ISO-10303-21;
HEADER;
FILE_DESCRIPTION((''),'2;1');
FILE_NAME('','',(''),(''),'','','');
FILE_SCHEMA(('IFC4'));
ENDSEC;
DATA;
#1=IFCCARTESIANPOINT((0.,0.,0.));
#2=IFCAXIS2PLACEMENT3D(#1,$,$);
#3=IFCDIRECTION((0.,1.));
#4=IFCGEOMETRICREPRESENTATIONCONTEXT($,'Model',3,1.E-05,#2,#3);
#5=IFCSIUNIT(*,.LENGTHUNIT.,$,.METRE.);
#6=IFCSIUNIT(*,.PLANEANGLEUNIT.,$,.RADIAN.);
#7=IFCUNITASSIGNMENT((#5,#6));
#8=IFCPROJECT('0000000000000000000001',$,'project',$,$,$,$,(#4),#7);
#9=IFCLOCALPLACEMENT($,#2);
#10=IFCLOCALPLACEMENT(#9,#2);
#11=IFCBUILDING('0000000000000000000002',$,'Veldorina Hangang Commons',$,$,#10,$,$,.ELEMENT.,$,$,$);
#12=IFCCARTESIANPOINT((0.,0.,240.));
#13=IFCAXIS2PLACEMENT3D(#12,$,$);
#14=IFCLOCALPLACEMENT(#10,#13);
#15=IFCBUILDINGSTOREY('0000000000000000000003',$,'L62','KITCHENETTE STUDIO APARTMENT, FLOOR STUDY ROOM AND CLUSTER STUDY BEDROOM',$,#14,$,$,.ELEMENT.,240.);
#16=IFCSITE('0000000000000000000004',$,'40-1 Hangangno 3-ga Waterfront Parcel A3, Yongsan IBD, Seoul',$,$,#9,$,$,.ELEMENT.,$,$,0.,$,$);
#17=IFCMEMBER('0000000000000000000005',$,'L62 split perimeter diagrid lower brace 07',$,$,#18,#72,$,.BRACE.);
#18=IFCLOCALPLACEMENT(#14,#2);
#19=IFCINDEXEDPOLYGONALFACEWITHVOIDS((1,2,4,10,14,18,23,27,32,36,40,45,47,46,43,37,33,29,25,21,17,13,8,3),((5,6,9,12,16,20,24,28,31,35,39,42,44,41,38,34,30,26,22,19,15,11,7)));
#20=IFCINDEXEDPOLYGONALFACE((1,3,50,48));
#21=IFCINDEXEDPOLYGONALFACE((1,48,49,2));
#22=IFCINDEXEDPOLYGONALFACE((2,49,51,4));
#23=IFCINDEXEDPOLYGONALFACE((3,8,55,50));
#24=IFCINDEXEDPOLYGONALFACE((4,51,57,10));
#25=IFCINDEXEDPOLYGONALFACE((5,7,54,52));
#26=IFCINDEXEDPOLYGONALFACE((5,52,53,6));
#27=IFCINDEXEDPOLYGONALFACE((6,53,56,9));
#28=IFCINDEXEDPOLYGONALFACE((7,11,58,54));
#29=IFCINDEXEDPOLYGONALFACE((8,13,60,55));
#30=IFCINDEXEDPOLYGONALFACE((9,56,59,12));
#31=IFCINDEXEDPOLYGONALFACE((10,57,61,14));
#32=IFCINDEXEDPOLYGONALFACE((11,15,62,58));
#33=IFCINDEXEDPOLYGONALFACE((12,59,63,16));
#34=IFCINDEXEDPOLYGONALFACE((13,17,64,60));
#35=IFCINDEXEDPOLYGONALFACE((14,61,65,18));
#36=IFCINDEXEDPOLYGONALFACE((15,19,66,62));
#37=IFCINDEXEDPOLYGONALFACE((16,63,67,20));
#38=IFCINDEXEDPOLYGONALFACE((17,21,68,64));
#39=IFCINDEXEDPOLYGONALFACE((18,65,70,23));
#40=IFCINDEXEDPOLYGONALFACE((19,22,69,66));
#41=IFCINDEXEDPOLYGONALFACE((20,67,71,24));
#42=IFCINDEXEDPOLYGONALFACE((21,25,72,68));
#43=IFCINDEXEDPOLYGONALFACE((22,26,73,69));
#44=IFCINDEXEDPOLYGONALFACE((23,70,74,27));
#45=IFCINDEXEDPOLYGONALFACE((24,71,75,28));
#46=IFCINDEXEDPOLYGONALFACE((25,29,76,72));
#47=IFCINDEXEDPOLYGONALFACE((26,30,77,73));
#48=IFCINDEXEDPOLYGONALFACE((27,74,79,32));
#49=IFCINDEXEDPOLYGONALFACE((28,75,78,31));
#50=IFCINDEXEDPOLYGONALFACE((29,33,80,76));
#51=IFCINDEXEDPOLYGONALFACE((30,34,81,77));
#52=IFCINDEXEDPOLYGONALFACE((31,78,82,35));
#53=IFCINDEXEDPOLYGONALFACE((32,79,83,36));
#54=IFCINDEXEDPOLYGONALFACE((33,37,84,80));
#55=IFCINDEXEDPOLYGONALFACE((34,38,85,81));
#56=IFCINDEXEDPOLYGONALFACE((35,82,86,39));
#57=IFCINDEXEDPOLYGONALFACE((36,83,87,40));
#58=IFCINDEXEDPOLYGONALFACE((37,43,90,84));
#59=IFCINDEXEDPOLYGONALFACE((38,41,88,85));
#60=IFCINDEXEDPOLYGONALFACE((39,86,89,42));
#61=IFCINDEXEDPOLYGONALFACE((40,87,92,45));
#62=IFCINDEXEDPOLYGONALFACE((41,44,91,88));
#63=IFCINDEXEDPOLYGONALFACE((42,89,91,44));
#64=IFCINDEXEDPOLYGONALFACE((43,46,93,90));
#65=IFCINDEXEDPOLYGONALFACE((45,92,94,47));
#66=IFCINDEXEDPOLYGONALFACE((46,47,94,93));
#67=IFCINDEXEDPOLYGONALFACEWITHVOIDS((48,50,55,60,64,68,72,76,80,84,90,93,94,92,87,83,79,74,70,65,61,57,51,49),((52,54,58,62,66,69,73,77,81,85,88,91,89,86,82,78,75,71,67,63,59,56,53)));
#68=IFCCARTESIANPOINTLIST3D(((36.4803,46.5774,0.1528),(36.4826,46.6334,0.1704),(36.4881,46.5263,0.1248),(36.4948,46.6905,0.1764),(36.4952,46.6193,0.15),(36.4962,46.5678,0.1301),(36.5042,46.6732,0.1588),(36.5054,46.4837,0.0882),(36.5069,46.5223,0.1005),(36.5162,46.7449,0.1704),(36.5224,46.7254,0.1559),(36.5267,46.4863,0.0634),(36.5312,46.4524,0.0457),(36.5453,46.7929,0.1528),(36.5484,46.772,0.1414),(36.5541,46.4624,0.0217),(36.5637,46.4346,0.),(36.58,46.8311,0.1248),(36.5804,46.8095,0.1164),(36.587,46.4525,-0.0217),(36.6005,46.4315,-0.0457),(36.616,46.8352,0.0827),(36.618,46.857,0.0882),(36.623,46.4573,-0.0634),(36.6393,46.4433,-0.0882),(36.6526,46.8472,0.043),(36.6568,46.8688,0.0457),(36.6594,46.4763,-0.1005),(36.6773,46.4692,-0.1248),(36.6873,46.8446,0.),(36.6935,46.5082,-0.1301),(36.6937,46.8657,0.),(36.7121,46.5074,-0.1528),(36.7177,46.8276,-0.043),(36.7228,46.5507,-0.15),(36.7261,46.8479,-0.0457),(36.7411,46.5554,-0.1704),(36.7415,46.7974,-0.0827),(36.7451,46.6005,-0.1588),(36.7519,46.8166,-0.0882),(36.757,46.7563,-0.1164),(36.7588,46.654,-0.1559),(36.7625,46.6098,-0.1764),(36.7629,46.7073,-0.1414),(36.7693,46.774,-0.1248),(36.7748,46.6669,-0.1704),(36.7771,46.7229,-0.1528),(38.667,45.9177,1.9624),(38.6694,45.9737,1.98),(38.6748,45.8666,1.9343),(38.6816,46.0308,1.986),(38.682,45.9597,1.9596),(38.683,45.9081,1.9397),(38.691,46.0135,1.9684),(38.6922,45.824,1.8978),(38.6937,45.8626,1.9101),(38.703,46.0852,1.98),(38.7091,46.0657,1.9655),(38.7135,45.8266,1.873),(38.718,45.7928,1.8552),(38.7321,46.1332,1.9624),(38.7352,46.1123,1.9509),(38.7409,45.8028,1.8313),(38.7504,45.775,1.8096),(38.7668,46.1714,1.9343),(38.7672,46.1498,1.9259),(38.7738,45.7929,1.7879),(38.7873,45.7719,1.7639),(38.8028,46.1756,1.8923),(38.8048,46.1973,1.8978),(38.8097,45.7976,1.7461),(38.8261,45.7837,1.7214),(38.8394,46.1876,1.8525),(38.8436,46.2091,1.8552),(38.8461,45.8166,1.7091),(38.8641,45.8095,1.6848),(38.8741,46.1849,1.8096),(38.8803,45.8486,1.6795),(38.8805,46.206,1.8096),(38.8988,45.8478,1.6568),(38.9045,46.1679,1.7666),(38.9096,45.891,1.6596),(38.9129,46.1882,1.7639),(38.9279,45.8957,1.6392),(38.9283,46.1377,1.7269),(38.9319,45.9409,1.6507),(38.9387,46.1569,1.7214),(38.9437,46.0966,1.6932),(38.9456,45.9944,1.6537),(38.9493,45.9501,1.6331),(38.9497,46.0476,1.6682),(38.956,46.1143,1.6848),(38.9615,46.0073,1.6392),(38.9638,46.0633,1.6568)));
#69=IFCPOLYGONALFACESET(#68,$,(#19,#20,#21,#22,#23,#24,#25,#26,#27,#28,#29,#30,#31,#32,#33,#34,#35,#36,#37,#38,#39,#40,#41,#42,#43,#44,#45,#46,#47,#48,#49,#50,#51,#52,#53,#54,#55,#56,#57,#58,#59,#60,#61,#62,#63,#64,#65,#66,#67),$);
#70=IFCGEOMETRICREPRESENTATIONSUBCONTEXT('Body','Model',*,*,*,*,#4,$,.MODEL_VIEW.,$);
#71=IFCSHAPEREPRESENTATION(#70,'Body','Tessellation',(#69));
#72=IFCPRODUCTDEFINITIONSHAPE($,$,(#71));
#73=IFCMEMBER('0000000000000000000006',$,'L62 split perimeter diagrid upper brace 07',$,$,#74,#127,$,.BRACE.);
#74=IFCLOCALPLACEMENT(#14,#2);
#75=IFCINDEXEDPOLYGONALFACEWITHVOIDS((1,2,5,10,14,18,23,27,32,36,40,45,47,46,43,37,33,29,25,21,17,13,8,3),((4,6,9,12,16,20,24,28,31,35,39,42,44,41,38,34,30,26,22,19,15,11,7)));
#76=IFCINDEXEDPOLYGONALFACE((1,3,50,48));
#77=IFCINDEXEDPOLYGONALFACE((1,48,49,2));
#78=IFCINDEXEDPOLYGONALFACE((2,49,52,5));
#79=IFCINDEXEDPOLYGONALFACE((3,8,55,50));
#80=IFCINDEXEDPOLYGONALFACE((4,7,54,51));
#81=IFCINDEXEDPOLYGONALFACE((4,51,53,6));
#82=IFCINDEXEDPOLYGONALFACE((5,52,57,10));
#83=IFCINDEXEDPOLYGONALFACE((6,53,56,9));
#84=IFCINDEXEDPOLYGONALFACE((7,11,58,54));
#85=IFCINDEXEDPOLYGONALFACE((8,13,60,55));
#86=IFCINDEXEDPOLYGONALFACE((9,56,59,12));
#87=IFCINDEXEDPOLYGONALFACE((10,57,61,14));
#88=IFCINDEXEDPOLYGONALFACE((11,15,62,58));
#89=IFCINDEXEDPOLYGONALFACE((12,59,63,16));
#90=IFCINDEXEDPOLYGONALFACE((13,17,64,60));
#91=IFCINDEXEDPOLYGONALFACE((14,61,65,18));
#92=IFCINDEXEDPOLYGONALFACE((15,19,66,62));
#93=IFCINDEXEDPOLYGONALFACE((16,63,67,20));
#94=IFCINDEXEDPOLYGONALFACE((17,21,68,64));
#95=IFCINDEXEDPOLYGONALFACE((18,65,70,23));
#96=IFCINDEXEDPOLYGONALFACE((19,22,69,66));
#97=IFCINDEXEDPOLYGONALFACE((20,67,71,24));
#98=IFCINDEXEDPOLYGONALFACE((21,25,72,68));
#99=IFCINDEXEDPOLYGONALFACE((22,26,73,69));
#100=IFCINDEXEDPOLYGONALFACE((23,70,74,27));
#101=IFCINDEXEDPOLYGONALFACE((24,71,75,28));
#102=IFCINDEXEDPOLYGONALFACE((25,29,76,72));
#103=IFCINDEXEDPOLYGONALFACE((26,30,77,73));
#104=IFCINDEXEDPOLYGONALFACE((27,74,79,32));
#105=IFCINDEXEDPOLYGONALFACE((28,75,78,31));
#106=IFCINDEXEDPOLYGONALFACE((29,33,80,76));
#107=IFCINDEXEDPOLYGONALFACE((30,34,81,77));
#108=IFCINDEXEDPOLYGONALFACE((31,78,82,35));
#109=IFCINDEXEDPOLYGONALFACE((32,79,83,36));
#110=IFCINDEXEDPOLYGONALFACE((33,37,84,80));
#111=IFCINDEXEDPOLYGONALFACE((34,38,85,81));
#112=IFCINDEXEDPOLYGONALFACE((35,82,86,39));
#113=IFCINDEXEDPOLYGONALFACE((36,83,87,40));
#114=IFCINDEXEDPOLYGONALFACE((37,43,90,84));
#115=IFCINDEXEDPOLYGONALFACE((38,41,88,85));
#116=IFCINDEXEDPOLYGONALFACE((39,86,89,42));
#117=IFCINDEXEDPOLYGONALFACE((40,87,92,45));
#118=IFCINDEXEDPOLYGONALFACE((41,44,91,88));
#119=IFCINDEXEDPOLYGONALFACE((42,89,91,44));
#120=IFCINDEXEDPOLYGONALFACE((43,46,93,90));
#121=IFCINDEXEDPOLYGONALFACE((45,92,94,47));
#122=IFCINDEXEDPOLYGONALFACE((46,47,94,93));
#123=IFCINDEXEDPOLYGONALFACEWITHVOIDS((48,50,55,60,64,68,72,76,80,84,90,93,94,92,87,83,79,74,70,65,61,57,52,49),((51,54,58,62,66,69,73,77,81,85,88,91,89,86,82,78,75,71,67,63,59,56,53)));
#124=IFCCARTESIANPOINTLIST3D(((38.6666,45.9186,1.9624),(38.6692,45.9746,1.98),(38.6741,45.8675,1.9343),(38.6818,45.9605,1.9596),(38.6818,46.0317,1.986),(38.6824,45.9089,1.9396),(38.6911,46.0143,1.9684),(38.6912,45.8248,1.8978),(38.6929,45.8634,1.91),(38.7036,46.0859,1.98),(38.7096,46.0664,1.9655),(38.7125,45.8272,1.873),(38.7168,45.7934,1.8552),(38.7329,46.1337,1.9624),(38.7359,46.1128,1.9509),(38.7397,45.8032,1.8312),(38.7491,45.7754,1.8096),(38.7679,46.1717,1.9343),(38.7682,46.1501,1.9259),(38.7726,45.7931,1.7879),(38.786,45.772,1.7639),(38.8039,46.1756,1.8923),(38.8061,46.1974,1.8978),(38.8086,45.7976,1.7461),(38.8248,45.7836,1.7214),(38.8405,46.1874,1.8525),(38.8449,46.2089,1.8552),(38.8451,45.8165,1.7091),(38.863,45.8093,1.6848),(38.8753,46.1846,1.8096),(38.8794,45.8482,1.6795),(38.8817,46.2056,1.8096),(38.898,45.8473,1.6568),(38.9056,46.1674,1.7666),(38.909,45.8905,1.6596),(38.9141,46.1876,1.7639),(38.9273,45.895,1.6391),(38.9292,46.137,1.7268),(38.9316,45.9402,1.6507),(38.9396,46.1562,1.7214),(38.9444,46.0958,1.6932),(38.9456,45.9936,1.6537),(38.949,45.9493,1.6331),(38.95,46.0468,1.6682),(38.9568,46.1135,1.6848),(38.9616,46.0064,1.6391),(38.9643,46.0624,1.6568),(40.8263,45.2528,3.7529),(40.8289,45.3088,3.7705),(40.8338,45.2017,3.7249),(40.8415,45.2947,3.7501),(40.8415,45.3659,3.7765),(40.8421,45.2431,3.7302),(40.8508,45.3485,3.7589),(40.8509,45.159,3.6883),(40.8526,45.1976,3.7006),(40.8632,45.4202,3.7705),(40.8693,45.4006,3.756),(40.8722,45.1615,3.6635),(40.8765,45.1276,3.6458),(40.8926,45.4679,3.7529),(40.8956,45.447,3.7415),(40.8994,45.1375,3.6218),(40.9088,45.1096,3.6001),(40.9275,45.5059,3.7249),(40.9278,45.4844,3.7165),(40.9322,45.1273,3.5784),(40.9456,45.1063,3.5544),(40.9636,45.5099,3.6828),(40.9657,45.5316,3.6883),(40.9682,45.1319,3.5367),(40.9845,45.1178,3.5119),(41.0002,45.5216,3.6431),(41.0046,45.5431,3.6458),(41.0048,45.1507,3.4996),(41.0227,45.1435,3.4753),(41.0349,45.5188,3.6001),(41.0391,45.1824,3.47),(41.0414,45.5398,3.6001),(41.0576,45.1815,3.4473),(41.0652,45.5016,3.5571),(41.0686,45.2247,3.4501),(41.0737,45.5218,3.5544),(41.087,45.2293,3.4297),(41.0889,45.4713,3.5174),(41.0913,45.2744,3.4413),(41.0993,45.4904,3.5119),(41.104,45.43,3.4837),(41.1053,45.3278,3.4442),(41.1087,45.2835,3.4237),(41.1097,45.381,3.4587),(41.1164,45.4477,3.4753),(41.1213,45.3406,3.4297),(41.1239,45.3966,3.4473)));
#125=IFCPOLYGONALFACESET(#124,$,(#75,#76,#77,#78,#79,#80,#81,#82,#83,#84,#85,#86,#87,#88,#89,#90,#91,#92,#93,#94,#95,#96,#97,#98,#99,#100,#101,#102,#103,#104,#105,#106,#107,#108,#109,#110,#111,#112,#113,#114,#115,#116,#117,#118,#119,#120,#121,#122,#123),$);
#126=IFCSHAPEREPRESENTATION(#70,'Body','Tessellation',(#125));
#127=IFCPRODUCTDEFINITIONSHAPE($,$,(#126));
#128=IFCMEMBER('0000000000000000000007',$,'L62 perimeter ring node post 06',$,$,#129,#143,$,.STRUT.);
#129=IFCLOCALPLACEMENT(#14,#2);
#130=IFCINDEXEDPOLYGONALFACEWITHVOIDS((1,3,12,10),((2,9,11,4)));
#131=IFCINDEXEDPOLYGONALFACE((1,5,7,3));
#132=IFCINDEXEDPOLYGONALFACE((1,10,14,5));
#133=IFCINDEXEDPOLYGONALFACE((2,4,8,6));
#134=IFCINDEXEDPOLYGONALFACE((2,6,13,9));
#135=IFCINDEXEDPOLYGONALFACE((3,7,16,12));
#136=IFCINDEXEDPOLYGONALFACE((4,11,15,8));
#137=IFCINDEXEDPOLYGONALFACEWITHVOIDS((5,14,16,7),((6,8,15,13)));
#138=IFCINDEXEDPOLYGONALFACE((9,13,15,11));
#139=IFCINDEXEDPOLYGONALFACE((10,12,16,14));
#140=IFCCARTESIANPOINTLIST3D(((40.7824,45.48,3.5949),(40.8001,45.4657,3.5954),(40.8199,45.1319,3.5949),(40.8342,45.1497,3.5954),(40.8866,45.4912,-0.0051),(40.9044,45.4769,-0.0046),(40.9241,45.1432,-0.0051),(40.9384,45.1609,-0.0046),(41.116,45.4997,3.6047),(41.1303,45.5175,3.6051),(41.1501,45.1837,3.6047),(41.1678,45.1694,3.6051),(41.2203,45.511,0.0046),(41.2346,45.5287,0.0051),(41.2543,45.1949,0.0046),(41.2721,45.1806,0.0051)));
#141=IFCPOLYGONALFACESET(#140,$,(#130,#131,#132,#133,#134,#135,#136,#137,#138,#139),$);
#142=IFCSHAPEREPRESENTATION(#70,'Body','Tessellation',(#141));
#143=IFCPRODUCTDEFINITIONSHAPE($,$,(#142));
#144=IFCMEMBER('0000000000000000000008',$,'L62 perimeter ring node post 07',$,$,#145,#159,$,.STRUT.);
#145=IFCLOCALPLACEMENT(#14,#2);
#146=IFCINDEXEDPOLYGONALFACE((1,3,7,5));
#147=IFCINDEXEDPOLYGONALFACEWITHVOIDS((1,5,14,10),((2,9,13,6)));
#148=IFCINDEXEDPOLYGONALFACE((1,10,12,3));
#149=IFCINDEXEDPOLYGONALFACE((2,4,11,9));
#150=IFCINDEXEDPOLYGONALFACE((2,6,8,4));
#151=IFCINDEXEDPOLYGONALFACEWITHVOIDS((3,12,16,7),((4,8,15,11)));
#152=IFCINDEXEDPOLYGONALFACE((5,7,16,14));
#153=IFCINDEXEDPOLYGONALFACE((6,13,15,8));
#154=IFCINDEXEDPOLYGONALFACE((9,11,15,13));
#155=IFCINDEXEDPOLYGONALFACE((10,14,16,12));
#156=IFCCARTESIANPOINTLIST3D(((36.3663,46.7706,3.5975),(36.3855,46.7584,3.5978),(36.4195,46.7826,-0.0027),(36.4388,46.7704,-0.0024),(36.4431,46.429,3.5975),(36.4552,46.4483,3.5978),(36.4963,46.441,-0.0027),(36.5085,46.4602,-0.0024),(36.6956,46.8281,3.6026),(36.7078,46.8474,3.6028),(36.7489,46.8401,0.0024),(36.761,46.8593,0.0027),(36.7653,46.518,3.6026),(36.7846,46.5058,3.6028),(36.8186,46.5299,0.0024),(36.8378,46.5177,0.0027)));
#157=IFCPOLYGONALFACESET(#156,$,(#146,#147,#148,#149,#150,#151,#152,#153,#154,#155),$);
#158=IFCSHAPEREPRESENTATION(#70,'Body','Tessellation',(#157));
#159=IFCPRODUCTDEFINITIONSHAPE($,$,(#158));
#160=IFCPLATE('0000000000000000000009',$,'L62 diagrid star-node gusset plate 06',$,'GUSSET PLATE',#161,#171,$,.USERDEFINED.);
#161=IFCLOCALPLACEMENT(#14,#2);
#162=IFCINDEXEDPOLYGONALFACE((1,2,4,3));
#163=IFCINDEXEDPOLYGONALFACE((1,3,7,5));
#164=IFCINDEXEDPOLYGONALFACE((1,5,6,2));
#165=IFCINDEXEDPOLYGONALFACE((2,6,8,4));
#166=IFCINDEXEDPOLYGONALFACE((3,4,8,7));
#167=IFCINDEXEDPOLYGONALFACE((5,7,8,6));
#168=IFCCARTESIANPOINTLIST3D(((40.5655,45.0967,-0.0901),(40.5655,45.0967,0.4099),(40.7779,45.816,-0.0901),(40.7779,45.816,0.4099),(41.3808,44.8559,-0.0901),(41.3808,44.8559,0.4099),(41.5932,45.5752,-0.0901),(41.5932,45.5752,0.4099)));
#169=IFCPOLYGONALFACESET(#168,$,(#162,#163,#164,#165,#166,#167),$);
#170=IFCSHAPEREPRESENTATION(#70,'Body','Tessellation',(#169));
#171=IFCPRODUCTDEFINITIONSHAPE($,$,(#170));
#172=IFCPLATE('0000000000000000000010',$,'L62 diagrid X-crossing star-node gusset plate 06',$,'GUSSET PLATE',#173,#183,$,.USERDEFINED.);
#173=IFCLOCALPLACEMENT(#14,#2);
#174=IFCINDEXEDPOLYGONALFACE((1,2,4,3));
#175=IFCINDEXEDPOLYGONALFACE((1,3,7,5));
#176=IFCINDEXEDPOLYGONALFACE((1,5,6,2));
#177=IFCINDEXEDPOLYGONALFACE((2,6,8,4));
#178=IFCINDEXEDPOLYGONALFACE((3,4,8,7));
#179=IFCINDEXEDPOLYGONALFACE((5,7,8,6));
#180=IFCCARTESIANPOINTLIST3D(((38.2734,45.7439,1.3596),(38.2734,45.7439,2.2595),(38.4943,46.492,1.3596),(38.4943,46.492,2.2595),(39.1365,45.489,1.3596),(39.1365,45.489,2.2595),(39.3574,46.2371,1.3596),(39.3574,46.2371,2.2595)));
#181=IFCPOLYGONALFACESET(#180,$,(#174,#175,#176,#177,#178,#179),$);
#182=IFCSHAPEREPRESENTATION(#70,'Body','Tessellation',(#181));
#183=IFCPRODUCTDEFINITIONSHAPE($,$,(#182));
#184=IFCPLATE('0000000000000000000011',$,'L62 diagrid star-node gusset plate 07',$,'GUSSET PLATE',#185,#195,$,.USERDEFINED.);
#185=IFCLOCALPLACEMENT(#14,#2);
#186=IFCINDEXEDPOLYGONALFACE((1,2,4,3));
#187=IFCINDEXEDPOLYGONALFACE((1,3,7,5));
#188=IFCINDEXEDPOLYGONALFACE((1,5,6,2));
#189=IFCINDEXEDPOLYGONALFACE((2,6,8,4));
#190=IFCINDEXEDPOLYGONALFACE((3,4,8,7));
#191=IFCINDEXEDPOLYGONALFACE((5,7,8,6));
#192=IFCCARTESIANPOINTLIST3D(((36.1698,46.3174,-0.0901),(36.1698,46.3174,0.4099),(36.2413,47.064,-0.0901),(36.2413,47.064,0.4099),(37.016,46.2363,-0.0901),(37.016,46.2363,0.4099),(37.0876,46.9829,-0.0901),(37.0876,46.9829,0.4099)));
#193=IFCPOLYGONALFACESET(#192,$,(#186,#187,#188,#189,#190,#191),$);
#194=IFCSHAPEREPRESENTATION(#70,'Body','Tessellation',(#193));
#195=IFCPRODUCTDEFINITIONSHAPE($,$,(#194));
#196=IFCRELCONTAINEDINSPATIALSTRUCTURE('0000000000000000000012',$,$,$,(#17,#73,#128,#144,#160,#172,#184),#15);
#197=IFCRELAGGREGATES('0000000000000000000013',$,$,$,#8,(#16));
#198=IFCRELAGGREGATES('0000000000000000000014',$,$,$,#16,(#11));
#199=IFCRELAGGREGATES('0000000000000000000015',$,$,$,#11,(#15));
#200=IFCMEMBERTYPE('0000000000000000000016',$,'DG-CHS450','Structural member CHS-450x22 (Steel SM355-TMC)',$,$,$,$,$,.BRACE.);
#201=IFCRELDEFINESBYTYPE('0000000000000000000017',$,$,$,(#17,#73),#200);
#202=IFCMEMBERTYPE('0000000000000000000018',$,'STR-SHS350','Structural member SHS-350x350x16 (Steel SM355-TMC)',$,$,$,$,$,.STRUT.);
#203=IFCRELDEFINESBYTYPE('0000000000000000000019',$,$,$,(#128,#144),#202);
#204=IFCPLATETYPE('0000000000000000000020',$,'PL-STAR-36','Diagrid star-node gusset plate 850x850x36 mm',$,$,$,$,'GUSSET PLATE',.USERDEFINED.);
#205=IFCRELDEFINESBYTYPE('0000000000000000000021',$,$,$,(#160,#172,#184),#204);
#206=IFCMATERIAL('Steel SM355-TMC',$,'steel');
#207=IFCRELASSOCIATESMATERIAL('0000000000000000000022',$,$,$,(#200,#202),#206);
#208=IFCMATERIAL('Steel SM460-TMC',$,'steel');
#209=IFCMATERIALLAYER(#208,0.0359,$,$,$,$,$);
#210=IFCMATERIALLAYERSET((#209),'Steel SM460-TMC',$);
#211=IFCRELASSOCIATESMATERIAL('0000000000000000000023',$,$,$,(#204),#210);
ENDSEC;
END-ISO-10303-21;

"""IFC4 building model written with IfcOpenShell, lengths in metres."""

from ifc_helpers import new_model, si_unit, direction, frame, origin, origin_2d, place, context, subcontext, project, spatial, rectangle, hollow_rectangle, hollow_circle, extrude, material, layer, layer_set, material_profile, profile_set, type_object, element, save


model = new_model("IFC4")

# Units and contexts
model_context = context("Model", 3, precision=1e-05, world=origin(), true_north=direction((0.0, 1.0)))
body_context = subcontext(model_context, "Body", "Model", "MODEL_VIEW")
ifc_project = project(units=[si_unit("LENGTHUNIT", "METRE"), si_unit("PLANEANGLEUNIT", "RADIAN")], contexts=[model_context])

# Site, building, storey
site_placement = place(None, origin())
site = spatial("IfcSite", under=ifc_project, at=site_placement, Name="40-1 Hangangno 3-ga Waterfront Parcel A3, Yongsan IBD, Seoul", CompositionType="ELEMENT", RefElevation=0.0)
building_placement = place(site_placement, origin())
building = spatial("IfcBuilding", under=site, at=building_placement, Name="Veldorina Hangang Commons", CompositionType="ELEMENT")
storey_placement = place(building_placement, frame((0.0, 0.0, 240.0)))
storey = spatial("IfcBuildingStorey", under=building, at=storey_placement, Name="L62", Description="KITCHENETTE STUDIO APARTMENT, FLOOR STUDY ROOM AND CLUSTER STUDY BEDROOM", CompositionType="ELEMENT", Elevation=240.0)

# Shared definitions
ifc_material_1 = material(Name="Steel SM355-TMC", Category="steel")

# Members
ifc_material_profile_1 = material_profile(ifc_material_1, hollow_circle(Radius=0.2251, WallThickness=0.022, at=origin_2d()), Name="CHS-450x22")
ifc_profile_set_1 = profile_set([ifc_material_profile_1], Name="Steel SM355-TMC")
member_type_1 = type_object("IfcMemberType", Name="DG-CHS450", Description="Structural member CHS-450x22 (Steel SM355-TMC)", PredefinedType="BRACE", material=ifc_profile_set_1)
member_1_placement = place(storey_placement, frame((36.6287, 46.6501, 0.0), z_axis=(0.750423, -0.226375, 0.620982), x_axis=(0.288809, 0.957387, 0.0)))
element("IfcMember", 1, at=member_1_placement, inside=storey, type_object=member_type_1, Name="L62 split perimeter diagrid lower brace 07", PredefinedType="BRACE", context=body_context, shape_type="SweptSolid", body=[
    extrude(hollow_circle(Radius=0.2251, WallThickness=0.022, at=origin_2d()), origin(), (0.0, 0.0, 1.0), 2.9141),
])
member_2_placement = place(storey_placement, frame((38.8154, 45.9905, 1.8096), z_axis=(0.749027, -0.230906, 0.621), x_axis=(0.294594, 0.955622, 0.0)))
element("IfcMember", 2, at=member_2_placement, inside=storey, type_object=member_type_1, Name="L62 split perimeter diagrid upper brace 07", PredefinedType="BRACE", context=body_context, shape_type="SweptSolid", body=[
    extrude(hollow_circle(Radius=0.2251, WallThickness=0.022, at=origin_2d()), origin(), (0.0, 0.0, 1.0), 2.8833),
])
ifc_material_profile_2 = material_profile(ifc_material_1, hollow_rectangle(XDim=0.3501, YDim=0.3501, WallThickness=0.0161, at=origin_2d()), Name="SHS-350x350x16")
ifc_profile_set_2 = profile_set([ifc_material_profile_2], Name="Steel SM355-TMC")
member_type_2 = type_object("IfcMemberType", Name="STR-SHS350", Description="Structural member SHS-350x350x16 (Steel SM355-TMC)", PredefinedType="STRUT", material=ifc_profile_set_2)
member_3_placement = place(storey_placement, frame((41.0793, 45.3359, 0.0), z_axis=(-0.028945, -0.003118, 0.999576), x_axis=(0.107109, -0.994247, 0.0)))
element("IfcMember", 3, at=member_3_placement, inside=storey, type_object=member_type_2, Name="L62 perimeter ring node post 06", PredefinedType="STRUT", context=body_context, shape_type="SweptSolid", body=[
    extrude(hollow_rectangle(XDim=0.3501, YDim=0.3501, WallThickness=0.0161, at=origin_2d()), origin(), (0.0, 0.0, 1.0), 3.6016),
])
member_4_placement = place(storey_placement, frame((36.6287, 46.6501, 0.0), z_axis=(-0.014782, -0.003323, 0.999885), x_axis=(0.219299, -0.975658, 0.0)))
element("IfcMember", 4, at=member_4_placement, inside=storey, type_object=member_type_2, Name="L62 perimeter ring node post 07", PredefinedType="STRUT", context=body_context, shape_type="SweptSolid", body=[
    extrude(hollow_rectangle(XDim=0.3501, YDim=0.3501, WallThickness=0.0161, at=origin_2d()), origin(), (0.0, 0.0, 1.0), 3.6006),
])

# Plates
ifc_material_2 = material(Name="Steel SM460-TMC", Category="steel")
ifc_layer_1 = layer(ifc_material_2, 0.0359)
ifc_layer_set_1 = layer_set([ifc_layer_1], Name="Steel SM460-TMC")
plate_type = type_object("IfcPlateType", Name="PL-STAR-36", Description="Diagrid star-node gusset plate 850x850x36 mm", ElementType="GUSSET PLATE", PredefinedType="USERDEFINED", material=ifc_layer_set_1)
plate_1_placement = place(storey_placement, frame((41.0793, 45.3359, -0.0901), z_axis=(0.0, 0.0, 1.0), x_axis=(-0.959062, 0.283195, 0.0)))
element("IfcPlate", 5, at=plate_1_placement, inside=storey, type_object=plate_type, Name="L62 diagrid star-node gusset plate 06", ObjectType="GUSSET PLATE", PredefinedType="USERDEFINED", context=body_context, shape_type="SweptSolid", body=[
    extrude(rectangle(XDim=0.8501, YDim=0.75, at=origin_2d()), origin(), (0.0, 0.0, 1.0), 0.5),
])
plate_2_placement = place(storey_placement, frame((38.8154, 45.9905, 1.3596), z_axis=(0.0, 0.0, 1.0), x_axis=(-0.959062, 0.283195, 0.0)))
element("IfcPlate", 6, at=plate_2_placement, inside=storey, type_object=plate_type, Name="L62 diagrid X-crossing star-node gusset plate 06", ObjectType="GUSSET PLATE", PredefinedType="USERDEFINED", context=body_context, shape_type="SweptSolid", body=[
    extrude(rectangle(XDim=0.8999, YDim=0.78, at=origin_2d()), origin(), (0.0, 0.0, 1.0), 0.8999),
])
plate_3_placement = place(storey_placement, frame((36.6287, 46.6501, -0.0901), z_axis=(0.0, 0.0, 1.0), x_axis=(-0.995436, 0.095429, 0.0)))
element("IfcPlate", 7, at=plate_3_placement, inside=storey, type_object=plate_type, Name="L62 diagrid star-node gusset plate 07", ObjectType="GUSSET PLATE", PredefinedType="USERDEFINED", context=body_context, shape_type="SweptSolid", body=[
    extrude(rectangle(XDim=0.8501, YDim=0.75, at=origin_2d()), origin(), (0.0, 0.0, 1.0), 0.5),
])

save(model, "model.ifc")
